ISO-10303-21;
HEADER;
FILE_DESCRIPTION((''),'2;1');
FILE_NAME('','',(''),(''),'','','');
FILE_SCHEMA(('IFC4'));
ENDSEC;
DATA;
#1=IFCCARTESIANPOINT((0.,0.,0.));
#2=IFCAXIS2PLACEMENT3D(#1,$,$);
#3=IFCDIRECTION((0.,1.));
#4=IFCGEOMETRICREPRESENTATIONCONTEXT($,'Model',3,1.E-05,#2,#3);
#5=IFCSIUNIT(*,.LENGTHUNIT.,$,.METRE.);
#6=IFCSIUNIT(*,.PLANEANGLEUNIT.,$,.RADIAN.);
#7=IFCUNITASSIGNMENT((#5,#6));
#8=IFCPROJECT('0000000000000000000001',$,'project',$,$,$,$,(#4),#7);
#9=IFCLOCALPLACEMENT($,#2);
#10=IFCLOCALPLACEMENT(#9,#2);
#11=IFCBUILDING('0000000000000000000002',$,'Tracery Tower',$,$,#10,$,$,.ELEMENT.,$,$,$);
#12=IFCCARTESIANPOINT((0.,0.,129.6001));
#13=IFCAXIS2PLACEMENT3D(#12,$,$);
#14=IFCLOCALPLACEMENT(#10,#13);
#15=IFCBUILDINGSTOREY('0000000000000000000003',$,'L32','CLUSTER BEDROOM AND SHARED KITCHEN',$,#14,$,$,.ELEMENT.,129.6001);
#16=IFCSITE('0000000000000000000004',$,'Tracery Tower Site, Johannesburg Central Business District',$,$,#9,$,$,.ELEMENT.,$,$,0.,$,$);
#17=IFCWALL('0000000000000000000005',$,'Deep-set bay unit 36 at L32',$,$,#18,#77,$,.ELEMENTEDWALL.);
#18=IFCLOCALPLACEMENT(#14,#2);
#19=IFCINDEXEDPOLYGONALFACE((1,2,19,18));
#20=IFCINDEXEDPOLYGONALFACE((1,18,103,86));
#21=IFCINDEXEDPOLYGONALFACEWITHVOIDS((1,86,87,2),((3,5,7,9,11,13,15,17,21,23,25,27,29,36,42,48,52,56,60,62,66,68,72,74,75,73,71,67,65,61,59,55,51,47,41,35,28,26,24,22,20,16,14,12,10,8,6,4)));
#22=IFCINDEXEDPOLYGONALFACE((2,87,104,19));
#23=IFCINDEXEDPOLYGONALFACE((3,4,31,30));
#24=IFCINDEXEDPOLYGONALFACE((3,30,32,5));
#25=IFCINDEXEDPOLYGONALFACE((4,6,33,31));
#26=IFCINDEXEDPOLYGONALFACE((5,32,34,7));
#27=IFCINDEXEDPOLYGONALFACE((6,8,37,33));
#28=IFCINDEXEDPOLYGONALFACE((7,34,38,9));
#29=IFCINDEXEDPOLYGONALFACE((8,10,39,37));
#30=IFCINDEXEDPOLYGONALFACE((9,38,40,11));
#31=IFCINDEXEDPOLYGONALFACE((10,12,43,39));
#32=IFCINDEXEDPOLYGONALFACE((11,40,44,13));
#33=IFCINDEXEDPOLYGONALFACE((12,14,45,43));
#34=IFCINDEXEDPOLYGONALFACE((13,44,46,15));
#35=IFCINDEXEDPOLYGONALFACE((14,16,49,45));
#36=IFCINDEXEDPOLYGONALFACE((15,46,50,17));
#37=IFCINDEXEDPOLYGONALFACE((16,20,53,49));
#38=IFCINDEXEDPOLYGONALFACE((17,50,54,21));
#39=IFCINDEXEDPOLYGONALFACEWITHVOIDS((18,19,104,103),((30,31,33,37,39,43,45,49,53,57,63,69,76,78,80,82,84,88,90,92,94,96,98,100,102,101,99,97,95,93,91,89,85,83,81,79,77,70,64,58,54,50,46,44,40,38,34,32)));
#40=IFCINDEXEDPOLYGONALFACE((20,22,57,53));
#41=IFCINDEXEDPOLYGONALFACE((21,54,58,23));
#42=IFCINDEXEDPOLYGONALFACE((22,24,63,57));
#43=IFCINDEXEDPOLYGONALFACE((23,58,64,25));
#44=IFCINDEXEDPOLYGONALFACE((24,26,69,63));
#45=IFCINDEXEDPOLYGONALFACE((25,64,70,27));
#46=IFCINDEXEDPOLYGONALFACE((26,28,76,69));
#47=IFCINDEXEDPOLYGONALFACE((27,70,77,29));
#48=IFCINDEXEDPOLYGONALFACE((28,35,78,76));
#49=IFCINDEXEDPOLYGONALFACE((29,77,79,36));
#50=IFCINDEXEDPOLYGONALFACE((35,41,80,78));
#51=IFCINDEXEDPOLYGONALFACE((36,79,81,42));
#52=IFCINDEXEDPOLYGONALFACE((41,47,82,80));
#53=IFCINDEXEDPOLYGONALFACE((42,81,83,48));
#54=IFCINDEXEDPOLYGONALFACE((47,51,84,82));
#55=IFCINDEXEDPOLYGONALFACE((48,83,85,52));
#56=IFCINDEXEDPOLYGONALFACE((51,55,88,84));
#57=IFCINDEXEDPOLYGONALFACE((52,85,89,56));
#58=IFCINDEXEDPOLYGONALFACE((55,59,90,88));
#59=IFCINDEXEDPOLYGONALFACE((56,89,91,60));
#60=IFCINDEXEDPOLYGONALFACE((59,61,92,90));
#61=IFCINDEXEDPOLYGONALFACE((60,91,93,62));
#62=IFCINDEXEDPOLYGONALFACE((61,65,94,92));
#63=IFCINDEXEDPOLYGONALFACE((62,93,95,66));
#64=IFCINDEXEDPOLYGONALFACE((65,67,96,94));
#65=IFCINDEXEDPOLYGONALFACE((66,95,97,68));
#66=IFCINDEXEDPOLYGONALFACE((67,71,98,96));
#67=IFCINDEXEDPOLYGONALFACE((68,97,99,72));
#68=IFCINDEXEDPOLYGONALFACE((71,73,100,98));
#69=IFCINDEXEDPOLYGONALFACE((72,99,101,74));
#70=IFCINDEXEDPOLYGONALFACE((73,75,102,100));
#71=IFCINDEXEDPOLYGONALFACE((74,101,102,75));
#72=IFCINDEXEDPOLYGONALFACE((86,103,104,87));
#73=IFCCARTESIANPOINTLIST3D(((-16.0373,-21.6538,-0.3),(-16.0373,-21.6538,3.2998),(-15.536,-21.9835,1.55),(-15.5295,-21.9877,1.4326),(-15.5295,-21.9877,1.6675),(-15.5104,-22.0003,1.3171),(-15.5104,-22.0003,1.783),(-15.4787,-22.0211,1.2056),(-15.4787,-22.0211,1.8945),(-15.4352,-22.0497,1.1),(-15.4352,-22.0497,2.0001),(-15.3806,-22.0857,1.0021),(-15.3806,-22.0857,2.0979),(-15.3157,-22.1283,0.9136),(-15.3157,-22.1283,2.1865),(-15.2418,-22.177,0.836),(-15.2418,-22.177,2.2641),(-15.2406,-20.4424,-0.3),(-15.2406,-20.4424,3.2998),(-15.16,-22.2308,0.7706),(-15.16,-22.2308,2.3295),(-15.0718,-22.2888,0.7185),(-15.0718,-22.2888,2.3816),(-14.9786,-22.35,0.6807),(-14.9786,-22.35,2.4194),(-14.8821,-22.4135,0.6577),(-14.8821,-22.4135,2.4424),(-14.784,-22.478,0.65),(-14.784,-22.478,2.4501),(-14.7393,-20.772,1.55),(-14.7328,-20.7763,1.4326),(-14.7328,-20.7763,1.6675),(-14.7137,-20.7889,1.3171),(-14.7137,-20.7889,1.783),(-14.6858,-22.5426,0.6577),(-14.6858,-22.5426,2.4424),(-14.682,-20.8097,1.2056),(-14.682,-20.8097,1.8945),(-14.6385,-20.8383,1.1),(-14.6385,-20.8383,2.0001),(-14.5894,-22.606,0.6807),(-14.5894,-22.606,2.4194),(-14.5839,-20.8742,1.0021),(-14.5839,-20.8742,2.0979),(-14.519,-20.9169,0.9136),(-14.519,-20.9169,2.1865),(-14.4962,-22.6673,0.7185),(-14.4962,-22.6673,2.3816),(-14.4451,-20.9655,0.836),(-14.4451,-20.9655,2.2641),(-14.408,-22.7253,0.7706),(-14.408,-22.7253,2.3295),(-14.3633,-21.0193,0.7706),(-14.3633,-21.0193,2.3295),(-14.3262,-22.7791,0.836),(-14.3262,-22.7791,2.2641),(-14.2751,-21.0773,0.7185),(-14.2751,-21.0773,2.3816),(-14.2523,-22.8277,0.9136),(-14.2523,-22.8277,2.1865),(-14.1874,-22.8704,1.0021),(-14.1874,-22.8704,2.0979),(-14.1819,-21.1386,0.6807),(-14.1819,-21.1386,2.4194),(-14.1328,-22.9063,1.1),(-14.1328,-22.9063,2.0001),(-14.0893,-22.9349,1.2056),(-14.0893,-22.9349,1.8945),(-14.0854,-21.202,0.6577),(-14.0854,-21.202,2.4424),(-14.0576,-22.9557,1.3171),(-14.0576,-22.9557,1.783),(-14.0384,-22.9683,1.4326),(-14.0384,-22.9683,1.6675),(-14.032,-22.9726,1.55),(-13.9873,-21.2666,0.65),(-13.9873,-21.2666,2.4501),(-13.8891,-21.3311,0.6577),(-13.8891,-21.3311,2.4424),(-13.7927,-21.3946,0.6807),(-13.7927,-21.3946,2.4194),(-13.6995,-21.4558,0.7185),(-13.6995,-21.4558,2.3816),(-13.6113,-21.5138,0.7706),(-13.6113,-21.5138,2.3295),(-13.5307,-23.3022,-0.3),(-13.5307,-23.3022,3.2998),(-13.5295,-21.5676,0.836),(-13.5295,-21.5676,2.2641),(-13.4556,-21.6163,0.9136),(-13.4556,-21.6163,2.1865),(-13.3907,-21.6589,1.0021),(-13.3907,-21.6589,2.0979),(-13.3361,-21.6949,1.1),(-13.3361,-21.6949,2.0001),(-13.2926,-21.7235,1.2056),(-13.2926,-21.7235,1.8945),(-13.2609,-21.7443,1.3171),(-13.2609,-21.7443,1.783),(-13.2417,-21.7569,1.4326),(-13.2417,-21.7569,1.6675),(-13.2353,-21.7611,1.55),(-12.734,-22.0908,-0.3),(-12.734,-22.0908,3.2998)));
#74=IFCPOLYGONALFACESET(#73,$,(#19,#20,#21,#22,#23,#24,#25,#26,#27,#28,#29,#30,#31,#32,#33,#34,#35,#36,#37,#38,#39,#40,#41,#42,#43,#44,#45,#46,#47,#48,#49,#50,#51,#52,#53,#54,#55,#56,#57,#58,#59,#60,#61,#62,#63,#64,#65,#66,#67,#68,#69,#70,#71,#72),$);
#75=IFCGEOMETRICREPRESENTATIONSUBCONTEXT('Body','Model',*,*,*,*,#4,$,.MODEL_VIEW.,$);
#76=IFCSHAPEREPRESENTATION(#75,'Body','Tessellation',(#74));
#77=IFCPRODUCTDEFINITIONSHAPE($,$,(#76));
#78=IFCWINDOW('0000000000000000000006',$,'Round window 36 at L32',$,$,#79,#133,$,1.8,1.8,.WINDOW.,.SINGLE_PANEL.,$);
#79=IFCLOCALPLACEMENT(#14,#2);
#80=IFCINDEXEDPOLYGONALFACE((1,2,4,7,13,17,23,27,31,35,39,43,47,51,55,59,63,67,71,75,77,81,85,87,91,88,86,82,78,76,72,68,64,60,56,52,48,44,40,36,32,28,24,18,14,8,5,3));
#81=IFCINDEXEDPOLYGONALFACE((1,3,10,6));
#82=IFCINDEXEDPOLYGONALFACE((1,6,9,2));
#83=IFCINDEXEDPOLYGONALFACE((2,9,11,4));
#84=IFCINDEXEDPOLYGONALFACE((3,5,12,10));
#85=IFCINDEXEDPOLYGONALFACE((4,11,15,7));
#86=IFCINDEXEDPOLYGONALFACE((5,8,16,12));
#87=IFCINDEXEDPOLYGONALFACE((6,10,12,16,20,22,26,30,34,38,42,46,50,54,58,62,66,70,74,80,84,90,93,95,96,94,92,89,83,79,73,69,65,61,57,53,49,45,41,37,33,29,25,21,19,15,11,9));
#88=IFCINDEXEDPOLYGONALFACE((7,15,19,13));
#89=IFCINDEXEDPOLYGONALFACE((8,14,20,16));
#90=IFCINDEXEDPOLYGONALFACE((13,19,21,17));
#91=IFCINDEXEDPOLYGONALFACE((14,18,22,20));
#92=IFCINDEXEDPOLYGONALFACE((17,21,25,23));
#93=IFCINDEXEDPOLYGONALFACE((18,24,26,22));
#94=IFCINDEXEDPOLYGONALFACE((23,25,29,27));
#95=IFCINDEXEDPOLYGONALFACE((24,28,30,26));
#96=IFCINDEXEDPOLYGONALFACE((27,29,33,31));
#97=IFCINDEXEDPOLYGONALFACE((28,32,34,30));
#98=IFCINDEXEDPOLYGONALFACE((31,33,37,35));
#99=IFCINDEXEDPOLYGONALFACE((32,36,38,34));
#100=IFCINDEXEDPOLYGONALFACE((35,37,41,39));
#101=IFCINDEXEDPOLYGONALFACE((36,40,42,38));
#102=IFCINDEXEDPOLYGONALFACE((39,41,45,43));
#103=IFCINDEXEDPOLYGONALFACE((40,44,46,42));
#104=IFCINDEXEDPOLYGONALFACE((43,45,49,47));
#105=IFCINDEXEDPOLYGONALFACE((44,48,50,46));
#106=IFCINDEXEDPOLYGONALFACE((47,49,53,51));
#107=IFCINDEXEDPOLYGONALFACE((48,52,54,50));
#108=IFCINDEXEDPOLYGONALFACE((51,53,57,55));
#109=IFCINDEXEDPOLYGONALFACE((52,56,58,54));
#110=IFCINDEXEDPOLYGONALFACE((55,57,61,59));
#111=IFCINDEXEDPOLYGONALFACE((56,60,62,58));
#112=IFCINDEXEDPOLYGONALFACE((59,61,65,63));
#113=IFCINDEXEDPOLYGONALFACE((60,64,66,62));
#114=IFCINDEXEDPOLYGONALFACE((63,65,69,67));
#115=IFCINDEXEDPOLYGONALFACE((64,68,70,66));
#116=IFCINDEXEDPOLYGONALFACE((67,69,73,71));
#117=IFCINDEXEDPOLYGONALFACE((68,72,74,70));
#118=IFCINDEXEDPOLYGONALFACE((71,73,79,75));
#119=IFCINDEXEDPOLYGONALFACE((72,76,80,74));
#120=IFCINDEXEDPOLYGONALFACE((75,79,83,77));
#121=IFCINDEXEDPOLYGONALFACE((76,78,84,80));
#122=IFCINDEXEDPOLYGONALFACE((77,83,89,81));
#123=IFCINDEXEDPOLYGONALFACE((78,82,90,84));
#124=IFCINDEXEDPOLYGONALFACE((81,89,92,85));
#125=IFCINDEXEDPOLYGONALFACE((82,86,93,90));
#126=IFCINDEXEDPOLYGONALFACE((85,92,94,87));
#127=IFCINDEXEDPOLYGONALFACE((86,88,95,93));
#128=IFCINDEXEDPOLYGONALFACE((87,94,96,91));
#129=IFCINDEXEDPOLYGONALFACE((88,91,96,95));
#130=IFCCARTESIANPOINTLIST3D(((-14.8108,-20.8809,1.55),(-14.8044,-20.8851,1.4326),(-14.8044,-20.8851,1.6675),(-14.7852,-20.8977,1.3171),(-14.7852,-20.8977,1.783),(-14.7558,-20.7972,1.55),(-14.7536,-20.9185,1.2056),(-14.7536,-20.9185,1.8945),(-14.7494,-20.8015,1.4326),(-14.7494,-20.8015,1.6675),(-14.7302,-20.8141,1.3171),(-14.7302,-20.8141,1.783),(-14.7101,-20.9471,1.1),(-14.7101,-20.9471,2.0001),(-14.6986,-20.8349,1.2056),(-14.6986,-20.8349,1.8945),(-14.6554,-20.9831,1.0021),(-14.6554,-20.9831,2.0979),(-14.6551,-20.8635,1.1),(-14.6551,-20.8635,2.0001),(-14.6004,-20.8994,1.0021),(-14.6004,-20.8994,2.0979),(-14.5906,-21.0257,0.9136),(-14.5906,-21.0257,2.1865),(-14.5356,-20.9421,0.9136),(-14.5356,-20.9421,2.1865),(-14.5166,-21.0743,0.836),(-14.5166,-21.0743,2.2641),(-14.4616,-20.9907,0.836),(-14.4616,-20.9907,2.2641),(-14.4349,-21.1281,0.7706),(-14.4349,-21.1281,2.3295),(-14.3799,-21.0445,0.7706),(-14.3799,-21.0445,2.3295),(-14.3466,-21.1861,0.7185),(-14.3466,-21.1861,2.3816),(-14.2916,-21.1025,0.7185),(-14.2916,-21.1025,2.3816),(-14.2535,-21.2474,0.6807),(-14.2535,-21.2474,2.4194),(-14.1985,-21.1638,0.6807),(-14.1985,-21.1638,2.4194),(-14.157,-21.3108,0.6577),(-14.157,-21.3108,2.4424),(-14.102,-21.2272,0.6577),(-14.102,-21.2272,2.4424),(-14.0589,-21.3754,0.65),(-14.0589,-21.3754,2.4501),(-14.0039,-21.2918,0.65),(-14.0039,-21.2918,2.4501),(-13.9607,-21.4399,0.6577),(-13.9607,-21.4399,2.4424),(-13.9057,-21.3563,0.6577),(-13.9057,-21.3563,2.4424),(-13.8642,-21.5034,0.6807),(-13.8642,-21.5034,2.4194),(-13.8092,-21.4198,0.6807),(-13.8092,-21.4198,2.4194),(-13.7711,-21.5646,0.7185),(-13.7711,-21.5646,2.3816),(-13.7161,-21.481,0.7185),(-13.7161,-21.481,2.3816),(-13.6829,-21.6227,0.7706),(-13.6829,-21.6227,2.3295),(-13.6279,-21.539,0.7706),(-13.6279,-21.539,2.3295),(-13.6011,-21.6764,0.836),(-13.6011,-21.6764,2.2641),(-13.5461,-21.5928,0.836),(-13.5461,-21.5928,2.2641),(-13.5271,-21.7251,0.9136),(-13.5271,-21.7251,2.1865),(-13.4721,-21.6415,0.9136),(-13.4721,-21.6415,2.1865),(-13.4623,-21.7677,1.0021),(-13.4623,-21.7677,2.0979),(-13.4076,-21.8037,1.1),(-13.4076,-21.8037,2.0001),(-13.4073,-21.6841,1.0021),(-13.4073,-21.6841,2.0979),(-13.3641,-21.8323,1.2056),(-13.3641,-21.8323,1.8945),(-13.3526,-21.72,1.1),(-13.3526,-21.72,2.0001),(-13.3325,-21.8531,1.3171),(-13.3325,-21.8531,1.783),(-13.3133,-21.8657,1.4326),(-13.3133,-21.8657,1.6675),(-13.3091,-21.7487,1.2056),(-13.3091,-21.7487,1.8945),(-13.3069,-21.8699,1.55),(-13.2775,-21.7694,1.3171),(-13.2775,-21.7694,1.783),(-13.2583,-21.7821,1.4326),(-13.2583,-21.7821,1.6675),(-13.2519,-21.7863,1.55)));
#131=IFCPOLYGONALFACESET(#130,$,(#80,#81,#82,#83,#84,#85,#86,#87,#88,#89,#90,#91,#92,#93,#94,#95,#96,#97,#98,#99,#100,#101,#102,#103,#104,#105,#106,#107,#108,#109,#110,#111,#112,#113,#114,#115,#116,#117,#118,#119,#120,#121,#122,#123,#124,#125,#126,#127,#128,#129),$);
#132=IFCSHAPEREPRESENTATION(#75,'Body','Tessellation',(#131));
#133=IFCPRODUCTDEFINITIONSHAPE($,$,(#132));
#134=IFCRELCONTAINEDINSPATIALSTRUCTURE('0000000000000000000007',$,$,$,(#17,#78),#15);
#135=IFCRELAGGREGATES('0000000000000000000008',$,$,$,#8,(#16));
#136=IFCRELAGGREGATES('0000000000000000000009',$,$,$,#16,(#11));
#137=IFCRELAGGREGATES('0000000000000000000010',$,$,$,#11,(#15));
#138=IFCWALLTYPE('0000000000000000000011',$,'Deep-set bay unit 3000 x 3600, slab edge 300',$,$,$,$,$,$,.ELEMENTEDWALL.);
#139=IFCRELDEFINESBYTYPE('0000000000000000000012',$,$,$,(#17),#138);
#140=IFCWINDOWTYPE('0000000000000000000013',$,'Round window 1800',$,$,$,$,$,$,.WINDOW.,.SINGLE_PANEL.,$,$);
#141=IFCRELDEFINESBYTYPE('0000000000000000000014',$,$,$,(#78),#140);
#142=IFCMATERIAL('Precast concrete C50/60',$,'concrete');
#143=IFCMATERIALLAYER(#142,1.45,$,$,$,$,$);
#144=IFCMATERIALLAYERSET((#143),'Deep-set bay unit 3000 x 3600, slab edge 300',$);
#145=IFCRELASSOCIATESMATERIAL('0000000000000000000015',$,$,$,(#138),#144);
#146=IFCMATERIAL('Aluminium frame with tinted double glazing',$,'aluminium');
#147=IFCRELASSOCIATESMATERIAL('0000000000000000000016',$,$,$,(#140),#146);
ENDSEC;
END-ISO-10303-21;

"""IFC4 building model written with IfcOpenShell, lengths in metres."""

from ifc_helpers import new_model, si_unit, direction, frame, frame_2d, origin, origin_2d, place, context, subcontext, project, spatial, rectangle, circle, extrude, material, layer, layer_set, type_object, element, fill, save


model = new_model("IFC4")

# Units and contexts
model_context = context("Model", 3, precision=1e-05, world=origin(), true_north=direction((0.0, 1.0)))
body_context = subcontext(model_context, "Body", "Model", "MODEL_VIEW")
ifc_project = project(units=[si_unit("LENGTHUNIT", "METRE"), si_unit("PLANEANGLEUNIT", "RADIAN")], contexts=[model_context])

# Site, building, storey
site_placement = place(None, origin())
site = spatial("IfcSite", under=ifc_project, at=site_placement, Name="Tracery Tower Site, Johannesburg Central Business District", CompositionType="ELEMENT", RefElevation=0.0)
building_placement = place(site_placement, origin())
building = spatial("IfcBuilding", under=site, at=building_placement, Name="Tracery Tower", CompositionType="ELEMENT")
storey_placement = place(building_placement, frame((0.0, 0.0, 129.6001)))
storey = spatial("IfcBuildingStorey", under=building, at=storey_placement, Name="L32", Description="CLUSTER BEDROOM AND SHARED KITCHEN", CompositionType="ELEMENT", Elevation=129.6001)

# Wall, opening, window
ifc_material_1 = material(Name="Precast concrete C50/60", Category="concrete")
ifc_layer_1 = layer(ifc_material_1, 1.45)
ifc_layer_set_1 = layer_set([ifc_layer_1], Name="Deep-set bay unit 3000 x 3600, slab edge 300")
wall_type_1 = type_object("IfcWallType", Name="Deep-set bay unit 3000 x 3600, slab edge 300", PredefinedType="ELEMENTEDWALL", material=ifc_layer_set_1)
ifc_material_2 = material(Name="Aluminium frame with tinted double glazing", Category="aluminium")
window_type = type_object("IfcWindowType", Name="Round window 1800", PartitioningType="SINGLE_PANEL", PredefinedType="WINDOW", material=ifc_material_2)
wall_1_placement = place(storey_placement, frame((-15.6389, -21.0481, -0.3), z_axis=(0.0, 0.0, 1.0), x_axis=(0.835514, -0.549469, 0.0)))
wall_1 = element("IfcWall", 1, at=wall_1_placement, inside=storey, type_object=wall_type_1, Name="Deep-set bay unit 36 at L32", PredefinedType="ELEMENTEDWALL", context=body_context, shape_type="SweptSolid", body=[
    extrude(rectangle(XDim=3.0, YDim=1.45, at=frame_2d((1.5, 0.0))), origin(), (0.0, 0.0, 1.0), 3.5999),
])
opening_1_placement = place(wall_1_placement, frame((1.5, 0.0, 1.8501)))
opening_1 = element("IfcOpeningElement", 2, at=opening_1_placement, cuts=wall_1, PredefinedType="OPENING", context=body_context, shape_type="SweptSolid", body=[
    extrude(circle(Radius=0.9, at=origin_2d()), frame((0.0, 0.7349, 0.0), z_axis=(0.0, -1.0, 0.0), x_axis=(1.0, 0.0, 0.0)), (0.0, 0.0, 1.0), 1.47),
])
window_1_placement = place(opening_1_placement, origin())
window_1 = element("IfcWindow", 3, at=window_1_placement, inside=storey, type_object=window_type, Name="Round window 36 at L32", OverallHeight=1.8, OverallWidth=1.8, PartitioningType="SINGLE_PANEL", PredefinedType="WINDOW", context=body_context, shape_type="SweptSolid", body=[
    extrude(circle(Radius=0.9, at=origin_2d()), frame((0.0, 0.6948, 0.0), z_axis=(0.0, -1.0, 0.0), x_axis=(1.0, 0.0, 0.0)), (0.0, 0.0, 1.0), 0.1001),
])
fill(opening_1, window_1)

save(model, "model.ifc")
